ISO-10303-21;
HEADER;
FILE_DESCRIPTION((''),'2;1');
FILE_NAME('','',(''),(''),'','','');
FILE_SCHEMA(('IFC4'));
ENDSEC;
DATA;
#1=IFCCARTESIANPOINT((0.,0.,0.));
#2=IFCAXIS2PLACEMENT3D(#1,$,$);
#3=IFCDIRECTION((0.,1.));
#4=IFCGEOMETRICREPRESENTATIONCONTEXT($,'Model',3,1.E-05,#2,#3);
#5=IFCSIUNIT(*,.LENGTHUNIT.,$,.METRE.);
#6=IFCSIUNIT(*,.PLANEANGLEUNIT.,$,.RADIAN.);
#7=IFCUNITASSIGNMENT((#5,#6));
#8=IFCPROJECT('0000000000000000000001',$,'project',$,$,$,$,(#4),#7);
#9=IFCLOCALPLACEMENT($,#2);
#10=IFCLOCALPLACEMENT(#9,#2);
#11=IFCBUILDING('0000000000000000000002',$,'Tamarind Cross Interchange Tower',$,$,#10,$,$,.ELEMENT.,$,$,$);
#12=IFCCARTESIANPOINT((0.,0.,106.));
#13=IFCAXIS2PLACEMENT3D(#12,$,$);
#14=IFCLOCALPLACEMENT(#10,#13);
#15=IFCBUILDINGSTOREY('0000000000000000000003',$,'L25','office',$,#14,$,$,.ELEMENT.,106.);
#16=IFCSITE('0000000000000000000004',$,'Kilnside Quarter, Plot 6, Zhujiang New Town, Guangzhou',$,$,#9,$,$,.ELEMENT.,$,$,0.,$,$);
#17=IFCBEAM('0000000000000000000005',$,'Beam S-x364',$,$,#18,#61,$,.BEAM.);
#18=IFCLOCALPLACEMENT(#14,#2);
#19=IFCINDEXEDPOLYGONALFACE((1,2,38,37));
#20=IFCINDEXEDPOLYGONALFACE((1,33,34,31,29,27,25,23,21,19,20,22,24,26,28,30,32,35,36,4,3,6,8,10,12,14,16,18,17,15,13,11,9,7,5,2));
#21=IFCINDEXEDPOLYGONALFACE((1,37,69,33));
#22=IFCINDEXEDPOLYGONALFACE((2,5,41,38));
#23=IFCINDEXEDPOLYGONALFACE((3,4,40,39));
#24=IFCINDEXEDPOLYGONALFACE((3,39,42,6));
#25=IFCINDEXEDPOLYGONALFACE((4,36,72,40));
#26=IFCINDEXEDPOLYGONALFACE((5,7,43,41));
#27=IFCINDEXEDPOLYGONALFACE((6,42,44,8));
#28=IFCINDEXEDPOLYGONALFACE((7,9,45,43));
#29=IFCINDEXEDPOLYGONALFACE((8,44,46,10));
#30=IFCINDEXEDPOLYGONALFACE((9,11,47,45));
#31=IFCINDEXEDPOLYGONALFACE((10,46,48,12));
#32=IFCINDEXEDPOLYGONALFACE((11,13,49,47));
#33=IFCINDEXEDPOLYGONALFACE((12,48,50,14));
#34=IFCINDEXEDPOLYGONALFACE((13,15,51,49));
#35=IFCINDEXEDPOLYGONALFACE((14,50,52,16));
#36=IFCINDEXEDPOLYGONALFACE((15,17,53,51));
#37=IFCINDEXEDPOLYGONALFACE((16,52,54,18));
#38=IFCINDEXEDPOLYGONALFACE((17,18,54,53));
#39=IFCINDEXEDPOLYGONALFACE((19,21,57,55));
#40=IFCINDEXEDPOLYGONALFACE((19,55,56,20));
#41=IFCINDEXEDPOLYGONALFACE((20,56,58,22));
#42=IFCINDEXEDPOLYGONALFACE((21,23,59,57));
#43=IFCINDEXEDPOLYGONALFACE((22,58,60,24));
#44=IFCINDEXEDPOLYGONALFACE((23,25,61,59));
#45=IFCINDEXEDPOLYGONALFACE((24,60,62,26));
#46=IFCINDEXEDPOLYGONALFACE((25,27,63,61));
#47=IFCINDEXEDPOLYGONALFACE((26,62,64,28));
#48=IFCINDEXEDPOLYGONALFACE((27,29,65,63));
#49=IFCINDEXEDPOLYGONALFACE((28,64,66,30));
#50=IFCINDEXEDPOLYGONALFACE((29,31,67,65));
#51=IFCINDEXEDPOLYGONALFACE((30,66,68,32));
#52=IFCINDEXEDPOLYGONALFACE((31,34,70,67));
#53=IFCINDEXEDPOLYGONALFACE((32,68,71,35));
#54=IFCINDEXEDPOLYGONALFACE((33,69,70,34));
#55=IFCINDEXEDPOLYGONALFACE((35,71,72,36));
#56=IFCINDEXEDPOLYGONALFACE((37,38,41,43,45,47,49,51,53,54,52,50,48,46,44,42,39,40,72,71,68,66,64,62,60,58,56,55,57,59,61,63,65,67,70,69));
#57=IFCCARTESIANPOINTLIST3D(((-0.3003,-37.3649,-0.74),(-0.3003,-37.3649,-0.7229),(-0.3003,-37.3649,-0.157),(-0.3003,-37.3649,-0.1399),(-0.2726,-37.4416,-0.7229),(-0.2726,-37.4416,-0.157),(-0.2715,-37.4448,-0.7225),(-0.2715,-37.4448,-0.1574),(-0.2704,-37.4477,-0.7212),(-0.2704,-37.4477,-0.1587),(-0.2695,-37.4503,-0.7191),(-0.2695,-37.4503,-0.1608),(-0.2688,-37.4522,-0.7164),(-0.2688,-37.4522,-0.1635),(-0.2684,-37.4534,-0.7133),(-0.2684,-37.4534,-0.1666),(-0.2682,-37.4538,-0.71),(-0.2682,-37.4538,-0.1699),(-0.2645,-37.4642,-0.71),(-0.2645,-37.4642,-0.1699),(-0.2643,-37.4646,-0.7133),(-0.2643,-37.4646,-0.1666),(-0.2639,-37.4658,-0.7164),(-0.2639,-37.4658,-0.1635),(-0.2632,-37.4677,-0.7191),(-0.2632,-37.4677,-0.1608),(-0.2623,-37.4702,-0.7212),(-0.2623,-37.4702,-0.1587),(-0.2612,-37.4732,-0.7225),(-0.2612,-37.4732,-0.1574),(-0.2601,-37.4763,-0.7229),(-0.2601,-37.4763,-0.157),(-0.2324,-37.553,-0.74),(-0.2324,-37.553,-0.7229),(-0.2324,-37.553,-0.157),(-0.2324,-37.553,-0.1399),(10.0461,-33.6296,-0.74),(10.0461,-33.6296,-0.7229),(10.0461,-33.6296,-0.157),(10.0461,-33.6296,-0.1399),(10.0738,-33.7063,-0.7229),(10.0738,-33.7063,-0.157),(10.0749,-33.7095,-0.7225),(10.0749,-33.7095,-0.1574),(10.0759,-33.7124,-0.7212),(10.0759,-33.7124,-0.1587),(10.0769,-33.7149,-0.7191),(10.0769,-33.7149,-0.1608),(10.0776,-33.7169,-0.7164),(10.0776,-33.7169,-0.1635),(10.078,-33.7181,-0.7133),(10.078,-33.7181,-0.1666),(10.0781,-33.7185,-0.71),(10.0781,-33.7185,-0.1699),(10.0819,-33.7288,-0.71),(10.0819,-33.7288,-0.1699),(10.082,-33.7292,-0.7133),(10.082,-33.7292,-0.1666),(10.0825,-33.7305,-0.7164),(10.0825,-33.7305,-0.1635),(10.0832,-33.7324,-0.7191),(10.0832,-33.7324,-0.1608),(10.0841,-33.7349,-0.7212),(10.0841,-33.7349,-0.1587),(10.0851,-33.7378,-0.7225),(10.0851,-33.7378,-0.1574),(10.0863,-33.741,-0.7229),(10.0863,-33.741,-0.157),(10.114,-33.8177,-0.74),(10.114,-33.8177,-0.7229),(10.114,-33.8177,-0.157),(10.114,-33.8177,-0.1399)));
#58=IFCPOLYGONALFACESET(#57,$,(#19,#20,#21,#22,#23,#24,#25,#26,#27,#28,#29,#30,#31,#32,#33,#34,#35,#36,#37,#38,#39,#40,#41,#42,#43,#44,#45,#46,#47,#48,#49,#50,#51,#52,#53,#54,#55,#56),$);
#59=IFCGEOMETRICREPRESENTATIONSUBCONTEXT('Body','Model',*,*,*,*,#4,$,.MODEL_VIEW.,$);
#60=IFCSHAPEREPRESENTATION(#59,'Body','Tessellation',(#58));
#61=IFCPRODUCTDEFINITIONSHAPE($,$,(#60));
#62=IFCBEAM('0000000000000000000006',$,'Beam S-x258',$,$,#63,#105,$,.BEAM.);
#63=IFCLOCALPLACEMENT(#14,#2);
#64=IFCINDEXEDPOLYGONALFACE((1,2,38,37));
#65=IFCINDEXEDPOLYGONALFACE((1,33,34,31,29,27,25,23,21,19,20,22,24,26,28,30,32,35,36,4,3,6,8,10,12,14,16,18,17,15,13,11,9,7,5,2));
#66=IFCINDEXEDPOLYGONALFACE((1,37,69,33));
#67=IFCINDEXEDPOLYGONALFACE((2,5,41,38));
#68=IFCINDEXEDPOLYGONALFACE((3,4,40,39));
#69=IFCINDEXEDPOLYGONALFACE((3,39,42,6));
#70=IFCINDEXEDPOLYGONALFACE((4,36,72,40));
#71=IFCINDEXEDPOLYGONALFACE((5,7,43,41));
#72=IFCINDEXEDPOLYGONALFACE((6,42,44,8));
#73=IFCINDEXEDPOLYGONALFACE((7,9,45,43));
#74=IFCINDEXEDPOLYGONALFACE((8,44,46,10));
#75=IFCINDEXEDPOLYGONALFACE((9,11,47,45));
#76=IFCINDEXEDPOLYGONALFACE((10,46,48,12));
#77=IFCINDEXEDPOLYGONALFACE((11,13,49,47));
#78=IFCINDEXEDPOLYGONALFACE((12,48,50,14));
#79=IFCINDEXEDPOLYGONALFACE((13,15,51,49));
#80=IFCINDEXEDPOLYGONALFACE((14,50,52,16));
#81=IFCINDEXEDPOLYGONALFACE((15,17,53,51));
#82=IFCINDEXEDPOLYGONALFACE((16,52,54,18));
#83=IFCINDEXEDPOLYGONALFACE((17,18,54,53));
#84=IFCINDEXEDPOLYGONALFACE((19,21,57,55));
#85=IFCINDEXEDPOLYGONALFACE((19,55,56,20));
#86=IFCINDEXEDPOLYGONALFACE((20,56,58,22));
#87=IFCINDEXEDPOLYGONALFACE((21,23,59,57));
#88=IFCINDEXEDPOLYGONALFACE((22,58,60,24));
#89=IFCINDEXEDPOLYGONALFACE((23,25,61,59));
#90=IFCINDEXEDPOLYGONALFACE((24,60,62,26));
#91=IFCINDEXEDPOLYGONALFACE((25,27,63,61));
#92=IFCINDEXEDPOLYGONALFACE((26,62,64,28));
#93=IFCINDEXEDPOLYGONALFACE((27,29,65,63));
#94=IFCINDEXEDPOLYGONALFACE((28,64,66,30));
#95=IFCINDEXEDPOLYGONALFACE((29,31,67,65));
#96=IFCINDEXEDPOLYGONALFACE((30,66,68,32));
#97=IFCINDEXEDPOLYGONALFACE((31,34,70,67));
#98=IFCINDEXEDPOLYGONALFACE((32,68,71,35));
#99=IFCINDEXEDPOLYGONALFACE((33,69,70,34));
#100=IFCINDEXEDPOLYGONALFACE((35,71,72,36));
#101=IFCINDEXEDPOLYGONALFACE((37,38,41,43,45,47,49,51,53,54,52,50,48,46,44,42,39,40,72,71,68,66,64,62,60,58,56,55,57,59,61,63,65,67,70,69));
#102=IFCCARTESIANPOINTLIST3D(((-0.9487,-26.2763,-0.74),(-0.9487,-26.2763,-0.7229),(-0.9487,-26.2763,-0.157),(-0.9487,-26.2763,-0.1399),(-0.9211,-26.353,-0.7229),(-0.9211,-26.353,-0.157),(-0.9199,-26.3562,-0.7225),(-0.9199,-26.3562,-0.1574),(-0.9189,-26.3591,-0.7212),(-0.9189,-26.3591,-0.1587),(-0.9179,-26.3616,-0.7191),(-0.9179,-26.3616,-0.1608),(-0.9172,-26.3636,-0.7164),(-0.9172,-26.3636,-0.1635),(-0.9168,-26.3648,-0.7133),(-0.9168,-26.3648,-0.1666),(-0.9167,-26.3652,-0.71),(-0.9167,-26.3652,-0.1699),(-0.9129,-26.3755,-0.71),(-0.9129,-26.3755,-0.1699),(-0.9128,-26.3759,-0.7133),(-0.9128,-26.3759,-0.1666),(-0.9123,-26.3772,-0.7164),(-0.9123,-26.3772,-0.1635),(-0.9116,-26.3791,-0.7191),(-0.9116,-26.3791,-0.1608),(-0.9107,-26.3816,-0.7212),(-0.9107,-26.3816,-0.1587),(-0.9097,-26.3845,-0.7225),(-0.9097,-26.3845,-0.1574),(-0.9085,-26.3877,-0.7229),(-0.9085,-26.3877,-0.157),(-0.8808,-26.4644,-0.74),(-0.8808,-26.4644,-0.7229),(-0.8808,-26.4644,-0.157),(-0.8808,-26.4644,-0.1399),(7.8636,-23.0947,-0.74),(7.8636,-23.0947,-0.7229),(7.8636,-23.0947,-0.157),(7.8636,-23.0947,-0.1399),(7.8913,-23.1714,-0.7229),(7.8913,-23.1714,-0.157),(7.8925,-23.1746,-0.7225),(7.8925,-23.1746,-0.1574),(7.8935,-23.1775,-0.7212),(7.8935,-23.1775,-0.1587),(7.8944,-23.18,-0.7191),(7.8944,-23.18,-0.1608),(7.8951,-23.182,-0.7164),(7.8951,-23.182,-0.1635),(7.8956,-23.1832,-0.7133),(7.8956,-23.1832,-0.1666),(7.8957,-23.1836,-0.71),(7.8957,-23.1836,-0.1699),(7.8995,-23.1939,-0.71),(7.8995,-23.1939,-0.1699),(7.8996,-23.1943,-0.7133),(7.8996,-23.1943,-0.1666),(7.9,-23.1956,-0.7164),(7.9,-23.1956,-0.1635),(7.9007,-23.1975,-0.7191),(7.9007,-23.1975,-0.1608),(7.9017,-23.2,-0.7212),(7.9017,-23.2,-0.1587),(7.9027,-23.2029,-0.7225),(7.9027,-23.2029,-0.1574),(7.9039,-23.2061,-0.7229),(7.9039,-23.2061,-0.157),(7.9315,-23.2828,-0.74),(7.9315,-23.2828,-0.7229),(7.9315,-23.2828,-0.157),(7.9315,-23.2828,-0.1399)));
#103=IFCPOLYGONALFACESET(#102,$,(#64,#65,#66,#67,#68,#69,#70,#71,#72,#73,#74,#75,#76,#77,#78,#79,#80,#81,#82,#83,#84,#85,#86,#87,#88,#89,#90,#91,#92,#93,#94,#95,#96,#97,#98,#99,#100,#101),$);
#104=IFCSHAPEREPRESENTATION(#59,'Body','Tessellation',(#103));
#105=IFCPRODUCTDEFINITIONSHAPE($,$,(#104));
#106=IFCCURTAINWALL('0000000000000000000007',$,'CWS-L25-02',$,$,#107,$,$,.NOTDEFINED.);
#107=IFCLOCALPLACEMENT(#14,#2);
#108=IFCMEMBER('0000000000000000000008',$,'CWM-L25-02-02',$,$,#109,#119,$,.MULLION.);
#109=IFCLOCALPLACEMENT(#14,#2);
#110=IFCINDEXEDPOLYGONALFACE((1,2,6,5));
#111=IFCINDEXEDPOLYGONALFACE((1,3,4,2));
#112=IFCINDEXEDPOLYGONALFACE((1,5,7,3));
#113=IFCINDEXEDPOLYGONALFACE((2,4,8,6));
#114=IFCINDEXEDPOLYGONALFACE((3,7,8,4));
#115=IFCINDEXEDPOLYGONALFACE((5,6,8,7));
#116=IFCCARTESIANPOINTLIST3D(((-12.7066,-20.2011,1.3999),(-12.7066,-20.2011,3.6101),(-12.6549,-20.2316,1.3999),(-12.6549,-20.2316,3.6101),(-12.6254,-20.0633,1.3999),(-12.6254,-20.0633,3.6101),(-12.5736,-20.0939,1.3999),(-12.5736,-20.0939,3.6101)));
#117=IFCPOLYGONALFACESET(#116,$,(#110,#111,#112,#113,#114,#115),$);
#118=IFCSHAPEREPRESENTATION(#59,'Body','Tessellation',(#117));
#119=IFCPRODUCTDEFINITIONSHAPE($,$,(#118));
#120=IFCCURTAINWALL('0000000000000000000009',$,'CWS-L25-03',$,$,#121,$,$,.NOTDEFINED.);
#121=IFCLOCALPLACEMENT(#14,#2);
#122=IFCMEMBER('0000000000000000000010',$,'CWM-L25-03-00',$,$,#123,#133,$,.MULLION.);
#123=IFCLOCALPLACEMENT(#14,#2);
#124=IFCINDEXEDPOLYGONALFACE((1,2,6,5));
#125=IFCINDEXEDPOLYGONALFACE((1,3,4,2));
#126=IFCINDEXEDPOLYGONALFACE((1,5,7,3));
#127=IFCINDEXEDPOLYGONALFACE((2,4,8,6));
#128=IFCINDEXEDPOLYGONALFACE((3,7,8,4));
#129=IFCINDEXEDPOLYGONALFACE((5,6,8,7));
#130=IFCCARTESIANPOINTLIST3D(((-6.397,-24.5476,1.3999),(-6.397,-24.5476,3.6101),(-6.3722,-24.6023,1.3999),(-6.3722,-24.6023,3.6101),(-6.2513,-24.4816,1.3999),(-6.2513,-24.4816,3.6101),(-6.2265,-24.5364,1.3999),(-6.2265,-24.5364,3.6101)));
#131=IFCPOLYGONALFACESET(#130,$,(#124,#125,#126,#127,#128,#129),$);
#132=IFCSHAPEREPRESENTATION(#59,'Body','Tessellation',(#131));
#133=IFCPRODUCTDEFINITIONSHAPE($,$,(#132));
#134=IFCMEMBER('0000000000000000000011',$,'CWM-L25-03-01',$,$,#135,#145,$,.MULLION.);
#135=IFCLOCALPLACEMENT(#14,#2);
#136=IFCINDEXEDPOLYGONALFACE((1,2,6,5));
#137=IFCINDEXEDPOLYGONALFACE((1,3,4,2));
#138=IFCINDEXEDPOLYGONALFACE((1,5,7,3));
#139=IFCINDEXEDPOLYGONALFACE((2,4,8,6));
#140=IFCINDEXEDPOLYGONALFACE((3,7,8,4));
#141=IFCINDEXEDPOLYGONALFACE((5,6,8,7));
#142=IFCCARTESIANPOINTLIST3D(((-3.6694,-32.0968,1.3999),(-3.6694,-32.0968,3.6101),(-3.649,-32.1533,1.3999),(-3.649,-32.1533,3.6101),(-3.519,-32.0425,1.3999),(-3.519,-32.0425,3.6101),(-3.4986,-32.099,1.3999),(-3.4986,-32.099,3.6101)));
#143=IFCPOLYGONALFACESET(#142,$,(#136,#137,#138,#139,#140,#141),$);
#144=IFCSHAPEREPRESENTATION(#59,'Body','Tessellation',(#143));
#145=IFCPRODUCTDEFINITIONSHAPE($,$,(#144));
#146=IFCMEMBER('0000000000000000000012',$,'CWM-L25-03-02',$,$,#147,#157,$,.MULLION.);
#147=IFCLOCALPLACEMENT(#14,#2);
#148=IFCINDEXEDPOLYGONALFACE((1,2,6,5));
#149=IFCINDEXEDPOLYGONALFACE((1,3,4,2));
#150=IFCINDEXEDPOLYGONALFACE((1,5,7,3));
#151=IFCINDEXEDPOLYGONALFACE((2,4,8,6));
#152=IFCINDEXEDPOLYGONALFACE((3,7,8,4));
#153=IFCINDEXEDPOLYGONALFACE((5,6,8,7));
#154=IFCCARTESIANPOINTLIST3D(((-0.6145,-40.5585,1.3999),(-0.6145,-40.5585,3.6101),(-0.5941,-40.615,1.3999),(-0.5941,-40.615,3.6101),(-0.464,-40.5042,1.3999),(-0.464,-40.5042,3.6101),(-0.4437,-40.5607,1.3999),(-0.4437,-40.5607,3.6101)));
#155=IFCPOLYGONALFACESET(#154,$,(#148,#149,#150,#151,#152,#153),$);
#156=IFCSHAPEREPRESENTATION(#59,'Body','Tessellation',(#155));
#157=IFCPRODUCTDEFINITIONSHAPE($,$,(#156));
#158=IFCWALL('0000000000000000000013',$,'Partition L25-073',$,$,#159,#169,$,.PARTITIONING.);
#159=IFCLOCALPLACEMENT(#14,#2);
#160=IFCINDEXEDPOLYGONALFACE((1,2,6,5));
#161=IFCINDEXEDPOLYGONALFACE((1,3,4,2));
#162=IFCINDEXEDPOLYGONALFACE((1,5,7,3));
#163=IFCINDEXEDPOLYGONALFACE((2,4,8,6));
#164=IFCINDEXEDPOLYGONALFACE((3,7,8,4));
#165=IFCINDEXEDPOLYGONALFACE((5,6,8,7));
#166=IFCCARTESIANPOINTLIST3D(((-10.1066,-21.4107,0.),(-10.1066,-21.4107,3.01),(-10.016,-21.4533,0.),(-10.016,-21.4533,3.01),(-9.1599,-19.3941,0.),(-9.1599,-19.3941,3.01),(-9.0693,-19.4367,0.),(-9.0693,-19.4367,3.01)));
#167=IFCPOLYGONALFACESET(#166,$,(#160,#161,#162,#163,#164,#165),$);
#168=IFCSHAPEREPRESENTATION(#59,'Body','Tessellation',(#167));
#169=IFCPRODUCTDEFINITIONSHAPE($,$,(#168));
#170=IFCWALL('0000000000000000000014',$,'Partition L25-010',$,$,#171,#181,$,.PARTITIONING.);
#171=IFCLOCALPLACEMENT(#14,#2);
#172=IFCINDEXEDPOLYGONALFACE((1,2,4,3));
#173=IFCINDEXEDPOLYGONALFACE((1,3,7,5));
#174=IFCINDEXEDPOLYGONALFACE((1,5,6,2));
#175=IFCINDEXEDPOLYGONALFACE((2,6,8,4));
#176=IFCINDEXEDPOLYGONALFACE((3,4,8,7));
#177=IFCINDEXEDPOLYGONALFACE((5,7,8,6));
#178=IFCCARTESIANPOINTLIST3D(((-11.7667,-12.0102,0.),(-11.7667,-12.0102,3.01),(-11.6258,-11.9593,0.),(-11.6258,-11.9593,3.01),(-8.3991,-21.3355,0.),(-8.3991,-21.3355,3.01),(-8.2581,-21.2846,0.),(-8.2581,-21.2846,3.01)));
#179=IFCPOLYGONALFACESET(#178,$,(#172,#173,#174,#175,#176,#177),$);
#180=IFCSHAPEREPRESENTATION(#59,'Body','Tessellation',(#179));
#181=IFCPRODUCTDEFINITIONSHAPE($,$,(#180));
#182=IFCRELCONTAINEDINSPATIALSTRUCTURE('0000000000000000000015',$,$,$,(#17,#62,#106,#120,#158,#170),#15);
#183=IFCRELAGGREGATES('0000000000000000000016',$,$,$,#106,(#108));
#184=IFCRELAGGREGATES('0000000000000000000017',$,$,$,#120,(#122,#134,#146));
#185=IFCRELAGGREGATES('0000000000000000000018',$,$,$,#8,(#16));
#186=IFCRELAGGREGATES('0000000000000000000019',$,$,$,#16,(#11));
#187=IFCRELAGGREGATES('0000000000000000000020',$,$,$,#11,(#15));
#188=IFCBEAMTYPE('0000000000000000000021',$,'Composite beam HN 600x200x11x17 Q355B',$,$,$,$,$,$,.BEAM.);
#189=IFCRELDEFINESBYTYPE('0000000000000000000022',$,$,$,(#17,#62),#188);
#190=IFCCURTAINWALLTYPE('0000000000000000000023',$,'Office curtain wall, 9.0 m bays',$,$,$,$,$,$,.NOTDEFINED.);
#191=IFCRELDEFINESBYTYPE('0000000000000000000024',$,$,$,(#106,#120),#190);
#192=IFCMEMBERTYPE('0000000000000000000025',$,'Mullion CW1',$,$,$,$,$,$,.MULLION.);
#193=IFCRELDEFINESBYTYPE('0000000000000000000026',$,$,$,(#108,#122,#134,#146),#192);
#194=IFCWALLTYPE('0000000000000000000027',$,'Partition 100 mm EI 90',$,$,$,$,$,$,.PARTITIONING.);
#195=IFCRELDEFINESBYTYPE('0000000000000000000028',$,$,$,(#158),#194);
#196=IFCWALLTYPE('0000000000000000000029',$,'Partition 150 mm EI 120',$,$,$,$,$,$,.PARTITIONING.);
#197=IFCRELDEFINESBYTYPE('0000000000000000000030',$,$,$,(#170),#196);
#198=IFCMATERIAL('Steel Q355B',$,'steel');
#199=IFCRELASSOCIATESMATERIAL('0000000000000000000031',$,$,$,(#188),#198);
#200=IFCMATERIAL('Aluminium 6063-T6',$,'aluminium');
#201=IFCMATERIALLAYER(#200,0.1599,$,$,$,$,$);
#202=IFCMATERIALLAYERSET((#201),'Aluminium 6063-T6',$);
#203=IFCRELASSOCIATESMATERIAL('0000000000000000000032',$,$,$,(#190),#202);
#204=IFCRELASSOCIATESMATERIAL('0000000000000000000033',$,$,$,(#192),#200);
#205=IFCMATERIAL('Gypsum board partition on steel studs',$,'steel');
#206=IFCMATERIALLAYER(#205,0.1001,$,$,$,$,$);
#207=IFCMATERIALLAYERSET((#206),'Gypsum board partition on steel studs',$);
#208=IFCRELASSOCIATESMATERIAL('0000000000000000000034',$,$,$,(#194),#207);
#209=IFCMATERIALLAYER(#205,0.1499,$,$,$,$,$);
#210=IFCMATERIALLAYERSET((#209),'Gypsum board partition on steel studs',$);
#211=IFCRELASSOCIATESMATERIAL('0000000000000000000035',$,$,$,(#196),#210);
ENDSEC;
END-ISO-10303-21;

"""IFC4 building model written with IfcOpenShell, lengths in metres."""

from ifc_helpers import new_model, si_unit, direction, frame, frame_2d, origin, origin_2d, place, context, subcontext, project, spatial, rectangle, i_section, extrude, material, layer, layer_set, material_profile, profile_set, type_object, element, aggregate, save


model = new_model("IFC4")

# Units and contexts
model_context = context("Model", 3, precision=1e-05, world=origin(), true_north=direction((0.0, 1.0)))
body_context = subcontext(model_context, "Body", "Model", "MODEL_VIEW")
ifc_project = project(units=[si_unit("LENGTHUNIT", "METRE"), si_unit("PLANEANGLEUNIT", "RADIAN")], contexts=[model_context])

# Site, building, storey
site_placement = place(None, origin())
site = spatial("IfcSite", under=ifc_project, at=site_placement, Name="Kilnside Quarter, Plot 6, Zhujiang New Town, Guangzhou", CompositionType="ELEMENT", RefElevation=0.0)
building_placement = place(site_placement, origin())
building = spatial("IfcBuilding", under=site, at=building_placement, Name="Tamarind Cross Interchange Tower", CompositionType="ELEMENT")
storey_placement = place(building_placement, frame((0.0, 0.0, 106.0)))
storey = spatial("IfcBuildingStorey", under=building, at=storey_placement, Name="L25", Description="office", CompositionType="ELEMENT", Elevation=106.0)

# Beams
ifc_material_1 = material(Name="Steel Q355B", Category="steel")
ifc_material_profile_1 = material_profile(ifc_material_1, i_section(OverallWidth=0.2, OverallDepth=0.6001, WebThickness=0.011, FlangeThickness=0.0171, FilletRadius=0.0129, at=origin_2d()), Name="HN 600x200x11x17")
ifc_profile_set_1 = profile_set([ifc_material_profile_1], Name="Steel Q355B")
beam_type_1 = type_object("IfcBeamType", Name="Composite beam HN 600x200x11x17 Q355B", PredefinedType="BEAM", material=ifc_profile_set_1)
beam_1_placement = place(storey_placement, frame((-0.2664, -37.459, -0.4399), z_axis=(0.940579, 0.339575, 0.0), x_axis=(-0.339575, 0.940579, 0.0)))
element("IfcBeam", 1, at=beam_1_placement, inside=storey, type_object=beam_type_1, Name="Beam S-x364", PredefinedType="BEAM", context=body_context, shape_type="SweptSolid", body=[
    extrude(i_section(OverallWidth=0.2, OverallDepth=0.6001, WebThickness=0.011, FlangeThickness=0.0171, FilletRadius=0.0129, at=origin_2d()), origin(), (0.0, 0.0, 1.0), 11.0),
])
beam_2_placement = place(storey_placement, frame((-0.9148, -26.3704, -0.4399), z_axis=(0.940576, 0.339583, 0.0), x_axis=(-0.339583, 0.940576, 0.0)))
element("IfcBeam", 2, at=beam_2_placement, inside=storey, type_object=beam_type_1, Name="Beam S-x258", PredefinedType="BEAM", context=body_context, shape_type="SweptSolid", body=[
    extrude(i_section(OverallWidth=0.2, OverallDepth=0.6001, WebThickness=0.011, FlangeThickness=0.0171, FilletRadius=0.0129, at=origin_2d()), origin(), (0.0, 0.0, 1.0), 9.3691),
])

# Curtain wall, member
ifc_material_2 = material(Name="Aluminium 6063-T6", Category="aluminium")
ifc_layer_1 = layer(ifc_material_2, 0.1599)
ifc_layer_set_1 = layer_set([ifc_layer_1], Name="Aluminium 6063-T6")
curtain_wall_type = type_object("IfcCurtainWallType", Name="Office curtain wall, 9.0 m bays", PredefinedType="NOTDEFINED", material=ifc_layer_set_1)
curtain_wall_1_placement = place(storey_placement, origin())
curtain_wall_1 = element("IfcCurtainWall", 3, at=curtain_wall_1_placement, inside=storey, type_object=curtain_wall_type, Name="CWS-L25-02", PredefinedType="NOTDEFINED")
ifc_material_profile_2 = material_profile(ifc_material_2, rectangle(XDim=0.0601, YDim=0.1599, at=origin_2d()), Name="Mullion CW1")
ifc_profile_set_2 = profile_set([ifc_material_profile_2], Name="Aluminium 6063-T6")
member_type = type_object("IfcMemberType", Name="Mullion CW1", PredefinedType="MULLION", material=ifc_profile_set_2)
member_1_placement = place(storey_placement, frame((-12.6401, -20.1475, 1.3999), z_axis=(0.0, 0.0, 1.0), x_axis=(0.861249, -0.508183, 0.0)))
member_1 = element("IfcMember", 4, at=member_1_placement, type_object=member_type, Name="CWM-L25-02-02", PredefinedType="MULLION", context=body_context, shape_type="SweptSolid", body=[
    extrude(rectangle(XDim=0.0601, YDim=0.1599, at=origin_2d()), origin(), (0.0, 0.0, 1.0), 2.2102),
])
aggregate(curtain_wall_1, [member_1])

# Curtain wall, members
curtain_wall_2_placement = place(storey_placement, origin())
curtain_wall_2 = element("IfcCurtainWall", 5, at=curtain_wall_2_placement, inside=storey, type_object=curtain_wall_type, Name="CWS-L25-03", PredefinedType="NOTDEFINED")
member_2_placement = place(storey_placement, frame((-6.3118, -24.542, 1.3999), z_axis=(0.0, 0.0, 1.0), x_axis=(0.412591, -0.910916, 0.0)))
member_2 = element("IfcMember", 6, at=member_2_placement, type_object=member_type, Name="CWM-L25-03-00", PredefinedType="MULLION", context=body_context, shape_type="SweptSolid", body=[
    extrude(rectangle(XDim=0.0601, YDim=0.1599, at=origin_2d()), origin(), (0.0, 0.0, 1.0), 2.2102),
])
member_3_placement = place(storey_placement, frame((-3.584, -32.0979, 1.3999), z_axis=(0.0, 0.0, 1.0), x_axis=(0.339579, -0.940578, 0.0)))
member_3 = element("IfcMember", 7, at=member_3_placement, type_object=member_type, Name="CWM-L25-03-01", PredefinedType="MULLION", context=body_context, shape_type="SweptSolid", body=[
    extrude(rectangle(XDim=0.0601, YDim=0.1599, at=origin_2d()), origin(), (0.0, 0.0, 1.0), 2.2102),
])
member_4_placement = place(storey_placement, frame((-0.5291, -40.5596, 1.3999), z_axis=(0.0, 0.0, 1.0), x_axis=(0.339579, -0.940578, 0.0)))
member_4 = element("IfcMember", 8, at=member_4_placement, type_object=member_type, Name="CWM-L25-03-02", PredefinedType="MULLION", context=body_context, shape_type="SweptSolid", body=[
    extrude(rectangle(XDim=0.0601, YDim=0.1599, at=origin_2d()), origin(), (0.0, 0.0, 1.0), 2.2102),
])
aggregate(curtain_wall_2, [member_2, member_3, member_4])

# Walls
ifc_material_3 = material(Name="Gypsum board partition on steel studs", Category="steel")
ifc_layer_2 = layer(ifc_material_3, 0.1001)
ifc_layer_set_2 = layer_set([ifc_layer_2], Name="Gypsum board partition on steel studs")
wall_type_1 = type_object("IfcWallType", Name="Partition 100 mm EI 90", PredefinedType="PARTITIONING", material=ifc_layer_set_2)
wall_1_placement = place(storey_placement, frame((-10.0613, -21.4319, 0.0), z_axis=(0.0, 0.0, 1.0), x_axis=(0.424984, 0.905201, 0.0)))
element("IfcWall", 9, at=wall_1_placement, inside=storey, type_object=wall_type_1, Name="Partition L25-073", PredefinedType="PARTITIONING", context=body_context, shape_type="SweptSolid", body=[
    extrude(rectangle(XDim=2.2278, YDim=0.1001, at=frame_2d((1.1138, 0.0))), origin(), (0.0, 0.0, 1.0), 3.01),
])
ifc_layer_3 = layer(ifc_material_3, 0.1499)
ifc_layer_set_3 = layer_set([ifc_layer_3], Name="Gypsum board partition on steel studs")
wall_type_2 = type_object("IfcWallType", Name="Partition 150 mm EI 120", PredefinedType="PARTITIONING", material=ifc_layer_set_3)
wall_2_placement = place(storey_placement, frame((-11.6963, -11.9846, 0.0), z_axis=(0.0, 0.0, 1.0), x_axis=(0.339658, -0.940549, 0.0)))
element("IfcWall", 10, at=wall_2_placement, inside=storey, type_object=wall_type_2, Name="Partition L25-010", PredefinedType="PARTITIONING", context=body_context, shape_type="SweptSolid", body=[
    extrude(rectangle(XDim=9.9148, YDim=0.1499, at=frame_2d((4.9575, 0.0))), origin(), (0.0, 0.0, 1.0), 3.01),
])

save(model, "model.ifc")
